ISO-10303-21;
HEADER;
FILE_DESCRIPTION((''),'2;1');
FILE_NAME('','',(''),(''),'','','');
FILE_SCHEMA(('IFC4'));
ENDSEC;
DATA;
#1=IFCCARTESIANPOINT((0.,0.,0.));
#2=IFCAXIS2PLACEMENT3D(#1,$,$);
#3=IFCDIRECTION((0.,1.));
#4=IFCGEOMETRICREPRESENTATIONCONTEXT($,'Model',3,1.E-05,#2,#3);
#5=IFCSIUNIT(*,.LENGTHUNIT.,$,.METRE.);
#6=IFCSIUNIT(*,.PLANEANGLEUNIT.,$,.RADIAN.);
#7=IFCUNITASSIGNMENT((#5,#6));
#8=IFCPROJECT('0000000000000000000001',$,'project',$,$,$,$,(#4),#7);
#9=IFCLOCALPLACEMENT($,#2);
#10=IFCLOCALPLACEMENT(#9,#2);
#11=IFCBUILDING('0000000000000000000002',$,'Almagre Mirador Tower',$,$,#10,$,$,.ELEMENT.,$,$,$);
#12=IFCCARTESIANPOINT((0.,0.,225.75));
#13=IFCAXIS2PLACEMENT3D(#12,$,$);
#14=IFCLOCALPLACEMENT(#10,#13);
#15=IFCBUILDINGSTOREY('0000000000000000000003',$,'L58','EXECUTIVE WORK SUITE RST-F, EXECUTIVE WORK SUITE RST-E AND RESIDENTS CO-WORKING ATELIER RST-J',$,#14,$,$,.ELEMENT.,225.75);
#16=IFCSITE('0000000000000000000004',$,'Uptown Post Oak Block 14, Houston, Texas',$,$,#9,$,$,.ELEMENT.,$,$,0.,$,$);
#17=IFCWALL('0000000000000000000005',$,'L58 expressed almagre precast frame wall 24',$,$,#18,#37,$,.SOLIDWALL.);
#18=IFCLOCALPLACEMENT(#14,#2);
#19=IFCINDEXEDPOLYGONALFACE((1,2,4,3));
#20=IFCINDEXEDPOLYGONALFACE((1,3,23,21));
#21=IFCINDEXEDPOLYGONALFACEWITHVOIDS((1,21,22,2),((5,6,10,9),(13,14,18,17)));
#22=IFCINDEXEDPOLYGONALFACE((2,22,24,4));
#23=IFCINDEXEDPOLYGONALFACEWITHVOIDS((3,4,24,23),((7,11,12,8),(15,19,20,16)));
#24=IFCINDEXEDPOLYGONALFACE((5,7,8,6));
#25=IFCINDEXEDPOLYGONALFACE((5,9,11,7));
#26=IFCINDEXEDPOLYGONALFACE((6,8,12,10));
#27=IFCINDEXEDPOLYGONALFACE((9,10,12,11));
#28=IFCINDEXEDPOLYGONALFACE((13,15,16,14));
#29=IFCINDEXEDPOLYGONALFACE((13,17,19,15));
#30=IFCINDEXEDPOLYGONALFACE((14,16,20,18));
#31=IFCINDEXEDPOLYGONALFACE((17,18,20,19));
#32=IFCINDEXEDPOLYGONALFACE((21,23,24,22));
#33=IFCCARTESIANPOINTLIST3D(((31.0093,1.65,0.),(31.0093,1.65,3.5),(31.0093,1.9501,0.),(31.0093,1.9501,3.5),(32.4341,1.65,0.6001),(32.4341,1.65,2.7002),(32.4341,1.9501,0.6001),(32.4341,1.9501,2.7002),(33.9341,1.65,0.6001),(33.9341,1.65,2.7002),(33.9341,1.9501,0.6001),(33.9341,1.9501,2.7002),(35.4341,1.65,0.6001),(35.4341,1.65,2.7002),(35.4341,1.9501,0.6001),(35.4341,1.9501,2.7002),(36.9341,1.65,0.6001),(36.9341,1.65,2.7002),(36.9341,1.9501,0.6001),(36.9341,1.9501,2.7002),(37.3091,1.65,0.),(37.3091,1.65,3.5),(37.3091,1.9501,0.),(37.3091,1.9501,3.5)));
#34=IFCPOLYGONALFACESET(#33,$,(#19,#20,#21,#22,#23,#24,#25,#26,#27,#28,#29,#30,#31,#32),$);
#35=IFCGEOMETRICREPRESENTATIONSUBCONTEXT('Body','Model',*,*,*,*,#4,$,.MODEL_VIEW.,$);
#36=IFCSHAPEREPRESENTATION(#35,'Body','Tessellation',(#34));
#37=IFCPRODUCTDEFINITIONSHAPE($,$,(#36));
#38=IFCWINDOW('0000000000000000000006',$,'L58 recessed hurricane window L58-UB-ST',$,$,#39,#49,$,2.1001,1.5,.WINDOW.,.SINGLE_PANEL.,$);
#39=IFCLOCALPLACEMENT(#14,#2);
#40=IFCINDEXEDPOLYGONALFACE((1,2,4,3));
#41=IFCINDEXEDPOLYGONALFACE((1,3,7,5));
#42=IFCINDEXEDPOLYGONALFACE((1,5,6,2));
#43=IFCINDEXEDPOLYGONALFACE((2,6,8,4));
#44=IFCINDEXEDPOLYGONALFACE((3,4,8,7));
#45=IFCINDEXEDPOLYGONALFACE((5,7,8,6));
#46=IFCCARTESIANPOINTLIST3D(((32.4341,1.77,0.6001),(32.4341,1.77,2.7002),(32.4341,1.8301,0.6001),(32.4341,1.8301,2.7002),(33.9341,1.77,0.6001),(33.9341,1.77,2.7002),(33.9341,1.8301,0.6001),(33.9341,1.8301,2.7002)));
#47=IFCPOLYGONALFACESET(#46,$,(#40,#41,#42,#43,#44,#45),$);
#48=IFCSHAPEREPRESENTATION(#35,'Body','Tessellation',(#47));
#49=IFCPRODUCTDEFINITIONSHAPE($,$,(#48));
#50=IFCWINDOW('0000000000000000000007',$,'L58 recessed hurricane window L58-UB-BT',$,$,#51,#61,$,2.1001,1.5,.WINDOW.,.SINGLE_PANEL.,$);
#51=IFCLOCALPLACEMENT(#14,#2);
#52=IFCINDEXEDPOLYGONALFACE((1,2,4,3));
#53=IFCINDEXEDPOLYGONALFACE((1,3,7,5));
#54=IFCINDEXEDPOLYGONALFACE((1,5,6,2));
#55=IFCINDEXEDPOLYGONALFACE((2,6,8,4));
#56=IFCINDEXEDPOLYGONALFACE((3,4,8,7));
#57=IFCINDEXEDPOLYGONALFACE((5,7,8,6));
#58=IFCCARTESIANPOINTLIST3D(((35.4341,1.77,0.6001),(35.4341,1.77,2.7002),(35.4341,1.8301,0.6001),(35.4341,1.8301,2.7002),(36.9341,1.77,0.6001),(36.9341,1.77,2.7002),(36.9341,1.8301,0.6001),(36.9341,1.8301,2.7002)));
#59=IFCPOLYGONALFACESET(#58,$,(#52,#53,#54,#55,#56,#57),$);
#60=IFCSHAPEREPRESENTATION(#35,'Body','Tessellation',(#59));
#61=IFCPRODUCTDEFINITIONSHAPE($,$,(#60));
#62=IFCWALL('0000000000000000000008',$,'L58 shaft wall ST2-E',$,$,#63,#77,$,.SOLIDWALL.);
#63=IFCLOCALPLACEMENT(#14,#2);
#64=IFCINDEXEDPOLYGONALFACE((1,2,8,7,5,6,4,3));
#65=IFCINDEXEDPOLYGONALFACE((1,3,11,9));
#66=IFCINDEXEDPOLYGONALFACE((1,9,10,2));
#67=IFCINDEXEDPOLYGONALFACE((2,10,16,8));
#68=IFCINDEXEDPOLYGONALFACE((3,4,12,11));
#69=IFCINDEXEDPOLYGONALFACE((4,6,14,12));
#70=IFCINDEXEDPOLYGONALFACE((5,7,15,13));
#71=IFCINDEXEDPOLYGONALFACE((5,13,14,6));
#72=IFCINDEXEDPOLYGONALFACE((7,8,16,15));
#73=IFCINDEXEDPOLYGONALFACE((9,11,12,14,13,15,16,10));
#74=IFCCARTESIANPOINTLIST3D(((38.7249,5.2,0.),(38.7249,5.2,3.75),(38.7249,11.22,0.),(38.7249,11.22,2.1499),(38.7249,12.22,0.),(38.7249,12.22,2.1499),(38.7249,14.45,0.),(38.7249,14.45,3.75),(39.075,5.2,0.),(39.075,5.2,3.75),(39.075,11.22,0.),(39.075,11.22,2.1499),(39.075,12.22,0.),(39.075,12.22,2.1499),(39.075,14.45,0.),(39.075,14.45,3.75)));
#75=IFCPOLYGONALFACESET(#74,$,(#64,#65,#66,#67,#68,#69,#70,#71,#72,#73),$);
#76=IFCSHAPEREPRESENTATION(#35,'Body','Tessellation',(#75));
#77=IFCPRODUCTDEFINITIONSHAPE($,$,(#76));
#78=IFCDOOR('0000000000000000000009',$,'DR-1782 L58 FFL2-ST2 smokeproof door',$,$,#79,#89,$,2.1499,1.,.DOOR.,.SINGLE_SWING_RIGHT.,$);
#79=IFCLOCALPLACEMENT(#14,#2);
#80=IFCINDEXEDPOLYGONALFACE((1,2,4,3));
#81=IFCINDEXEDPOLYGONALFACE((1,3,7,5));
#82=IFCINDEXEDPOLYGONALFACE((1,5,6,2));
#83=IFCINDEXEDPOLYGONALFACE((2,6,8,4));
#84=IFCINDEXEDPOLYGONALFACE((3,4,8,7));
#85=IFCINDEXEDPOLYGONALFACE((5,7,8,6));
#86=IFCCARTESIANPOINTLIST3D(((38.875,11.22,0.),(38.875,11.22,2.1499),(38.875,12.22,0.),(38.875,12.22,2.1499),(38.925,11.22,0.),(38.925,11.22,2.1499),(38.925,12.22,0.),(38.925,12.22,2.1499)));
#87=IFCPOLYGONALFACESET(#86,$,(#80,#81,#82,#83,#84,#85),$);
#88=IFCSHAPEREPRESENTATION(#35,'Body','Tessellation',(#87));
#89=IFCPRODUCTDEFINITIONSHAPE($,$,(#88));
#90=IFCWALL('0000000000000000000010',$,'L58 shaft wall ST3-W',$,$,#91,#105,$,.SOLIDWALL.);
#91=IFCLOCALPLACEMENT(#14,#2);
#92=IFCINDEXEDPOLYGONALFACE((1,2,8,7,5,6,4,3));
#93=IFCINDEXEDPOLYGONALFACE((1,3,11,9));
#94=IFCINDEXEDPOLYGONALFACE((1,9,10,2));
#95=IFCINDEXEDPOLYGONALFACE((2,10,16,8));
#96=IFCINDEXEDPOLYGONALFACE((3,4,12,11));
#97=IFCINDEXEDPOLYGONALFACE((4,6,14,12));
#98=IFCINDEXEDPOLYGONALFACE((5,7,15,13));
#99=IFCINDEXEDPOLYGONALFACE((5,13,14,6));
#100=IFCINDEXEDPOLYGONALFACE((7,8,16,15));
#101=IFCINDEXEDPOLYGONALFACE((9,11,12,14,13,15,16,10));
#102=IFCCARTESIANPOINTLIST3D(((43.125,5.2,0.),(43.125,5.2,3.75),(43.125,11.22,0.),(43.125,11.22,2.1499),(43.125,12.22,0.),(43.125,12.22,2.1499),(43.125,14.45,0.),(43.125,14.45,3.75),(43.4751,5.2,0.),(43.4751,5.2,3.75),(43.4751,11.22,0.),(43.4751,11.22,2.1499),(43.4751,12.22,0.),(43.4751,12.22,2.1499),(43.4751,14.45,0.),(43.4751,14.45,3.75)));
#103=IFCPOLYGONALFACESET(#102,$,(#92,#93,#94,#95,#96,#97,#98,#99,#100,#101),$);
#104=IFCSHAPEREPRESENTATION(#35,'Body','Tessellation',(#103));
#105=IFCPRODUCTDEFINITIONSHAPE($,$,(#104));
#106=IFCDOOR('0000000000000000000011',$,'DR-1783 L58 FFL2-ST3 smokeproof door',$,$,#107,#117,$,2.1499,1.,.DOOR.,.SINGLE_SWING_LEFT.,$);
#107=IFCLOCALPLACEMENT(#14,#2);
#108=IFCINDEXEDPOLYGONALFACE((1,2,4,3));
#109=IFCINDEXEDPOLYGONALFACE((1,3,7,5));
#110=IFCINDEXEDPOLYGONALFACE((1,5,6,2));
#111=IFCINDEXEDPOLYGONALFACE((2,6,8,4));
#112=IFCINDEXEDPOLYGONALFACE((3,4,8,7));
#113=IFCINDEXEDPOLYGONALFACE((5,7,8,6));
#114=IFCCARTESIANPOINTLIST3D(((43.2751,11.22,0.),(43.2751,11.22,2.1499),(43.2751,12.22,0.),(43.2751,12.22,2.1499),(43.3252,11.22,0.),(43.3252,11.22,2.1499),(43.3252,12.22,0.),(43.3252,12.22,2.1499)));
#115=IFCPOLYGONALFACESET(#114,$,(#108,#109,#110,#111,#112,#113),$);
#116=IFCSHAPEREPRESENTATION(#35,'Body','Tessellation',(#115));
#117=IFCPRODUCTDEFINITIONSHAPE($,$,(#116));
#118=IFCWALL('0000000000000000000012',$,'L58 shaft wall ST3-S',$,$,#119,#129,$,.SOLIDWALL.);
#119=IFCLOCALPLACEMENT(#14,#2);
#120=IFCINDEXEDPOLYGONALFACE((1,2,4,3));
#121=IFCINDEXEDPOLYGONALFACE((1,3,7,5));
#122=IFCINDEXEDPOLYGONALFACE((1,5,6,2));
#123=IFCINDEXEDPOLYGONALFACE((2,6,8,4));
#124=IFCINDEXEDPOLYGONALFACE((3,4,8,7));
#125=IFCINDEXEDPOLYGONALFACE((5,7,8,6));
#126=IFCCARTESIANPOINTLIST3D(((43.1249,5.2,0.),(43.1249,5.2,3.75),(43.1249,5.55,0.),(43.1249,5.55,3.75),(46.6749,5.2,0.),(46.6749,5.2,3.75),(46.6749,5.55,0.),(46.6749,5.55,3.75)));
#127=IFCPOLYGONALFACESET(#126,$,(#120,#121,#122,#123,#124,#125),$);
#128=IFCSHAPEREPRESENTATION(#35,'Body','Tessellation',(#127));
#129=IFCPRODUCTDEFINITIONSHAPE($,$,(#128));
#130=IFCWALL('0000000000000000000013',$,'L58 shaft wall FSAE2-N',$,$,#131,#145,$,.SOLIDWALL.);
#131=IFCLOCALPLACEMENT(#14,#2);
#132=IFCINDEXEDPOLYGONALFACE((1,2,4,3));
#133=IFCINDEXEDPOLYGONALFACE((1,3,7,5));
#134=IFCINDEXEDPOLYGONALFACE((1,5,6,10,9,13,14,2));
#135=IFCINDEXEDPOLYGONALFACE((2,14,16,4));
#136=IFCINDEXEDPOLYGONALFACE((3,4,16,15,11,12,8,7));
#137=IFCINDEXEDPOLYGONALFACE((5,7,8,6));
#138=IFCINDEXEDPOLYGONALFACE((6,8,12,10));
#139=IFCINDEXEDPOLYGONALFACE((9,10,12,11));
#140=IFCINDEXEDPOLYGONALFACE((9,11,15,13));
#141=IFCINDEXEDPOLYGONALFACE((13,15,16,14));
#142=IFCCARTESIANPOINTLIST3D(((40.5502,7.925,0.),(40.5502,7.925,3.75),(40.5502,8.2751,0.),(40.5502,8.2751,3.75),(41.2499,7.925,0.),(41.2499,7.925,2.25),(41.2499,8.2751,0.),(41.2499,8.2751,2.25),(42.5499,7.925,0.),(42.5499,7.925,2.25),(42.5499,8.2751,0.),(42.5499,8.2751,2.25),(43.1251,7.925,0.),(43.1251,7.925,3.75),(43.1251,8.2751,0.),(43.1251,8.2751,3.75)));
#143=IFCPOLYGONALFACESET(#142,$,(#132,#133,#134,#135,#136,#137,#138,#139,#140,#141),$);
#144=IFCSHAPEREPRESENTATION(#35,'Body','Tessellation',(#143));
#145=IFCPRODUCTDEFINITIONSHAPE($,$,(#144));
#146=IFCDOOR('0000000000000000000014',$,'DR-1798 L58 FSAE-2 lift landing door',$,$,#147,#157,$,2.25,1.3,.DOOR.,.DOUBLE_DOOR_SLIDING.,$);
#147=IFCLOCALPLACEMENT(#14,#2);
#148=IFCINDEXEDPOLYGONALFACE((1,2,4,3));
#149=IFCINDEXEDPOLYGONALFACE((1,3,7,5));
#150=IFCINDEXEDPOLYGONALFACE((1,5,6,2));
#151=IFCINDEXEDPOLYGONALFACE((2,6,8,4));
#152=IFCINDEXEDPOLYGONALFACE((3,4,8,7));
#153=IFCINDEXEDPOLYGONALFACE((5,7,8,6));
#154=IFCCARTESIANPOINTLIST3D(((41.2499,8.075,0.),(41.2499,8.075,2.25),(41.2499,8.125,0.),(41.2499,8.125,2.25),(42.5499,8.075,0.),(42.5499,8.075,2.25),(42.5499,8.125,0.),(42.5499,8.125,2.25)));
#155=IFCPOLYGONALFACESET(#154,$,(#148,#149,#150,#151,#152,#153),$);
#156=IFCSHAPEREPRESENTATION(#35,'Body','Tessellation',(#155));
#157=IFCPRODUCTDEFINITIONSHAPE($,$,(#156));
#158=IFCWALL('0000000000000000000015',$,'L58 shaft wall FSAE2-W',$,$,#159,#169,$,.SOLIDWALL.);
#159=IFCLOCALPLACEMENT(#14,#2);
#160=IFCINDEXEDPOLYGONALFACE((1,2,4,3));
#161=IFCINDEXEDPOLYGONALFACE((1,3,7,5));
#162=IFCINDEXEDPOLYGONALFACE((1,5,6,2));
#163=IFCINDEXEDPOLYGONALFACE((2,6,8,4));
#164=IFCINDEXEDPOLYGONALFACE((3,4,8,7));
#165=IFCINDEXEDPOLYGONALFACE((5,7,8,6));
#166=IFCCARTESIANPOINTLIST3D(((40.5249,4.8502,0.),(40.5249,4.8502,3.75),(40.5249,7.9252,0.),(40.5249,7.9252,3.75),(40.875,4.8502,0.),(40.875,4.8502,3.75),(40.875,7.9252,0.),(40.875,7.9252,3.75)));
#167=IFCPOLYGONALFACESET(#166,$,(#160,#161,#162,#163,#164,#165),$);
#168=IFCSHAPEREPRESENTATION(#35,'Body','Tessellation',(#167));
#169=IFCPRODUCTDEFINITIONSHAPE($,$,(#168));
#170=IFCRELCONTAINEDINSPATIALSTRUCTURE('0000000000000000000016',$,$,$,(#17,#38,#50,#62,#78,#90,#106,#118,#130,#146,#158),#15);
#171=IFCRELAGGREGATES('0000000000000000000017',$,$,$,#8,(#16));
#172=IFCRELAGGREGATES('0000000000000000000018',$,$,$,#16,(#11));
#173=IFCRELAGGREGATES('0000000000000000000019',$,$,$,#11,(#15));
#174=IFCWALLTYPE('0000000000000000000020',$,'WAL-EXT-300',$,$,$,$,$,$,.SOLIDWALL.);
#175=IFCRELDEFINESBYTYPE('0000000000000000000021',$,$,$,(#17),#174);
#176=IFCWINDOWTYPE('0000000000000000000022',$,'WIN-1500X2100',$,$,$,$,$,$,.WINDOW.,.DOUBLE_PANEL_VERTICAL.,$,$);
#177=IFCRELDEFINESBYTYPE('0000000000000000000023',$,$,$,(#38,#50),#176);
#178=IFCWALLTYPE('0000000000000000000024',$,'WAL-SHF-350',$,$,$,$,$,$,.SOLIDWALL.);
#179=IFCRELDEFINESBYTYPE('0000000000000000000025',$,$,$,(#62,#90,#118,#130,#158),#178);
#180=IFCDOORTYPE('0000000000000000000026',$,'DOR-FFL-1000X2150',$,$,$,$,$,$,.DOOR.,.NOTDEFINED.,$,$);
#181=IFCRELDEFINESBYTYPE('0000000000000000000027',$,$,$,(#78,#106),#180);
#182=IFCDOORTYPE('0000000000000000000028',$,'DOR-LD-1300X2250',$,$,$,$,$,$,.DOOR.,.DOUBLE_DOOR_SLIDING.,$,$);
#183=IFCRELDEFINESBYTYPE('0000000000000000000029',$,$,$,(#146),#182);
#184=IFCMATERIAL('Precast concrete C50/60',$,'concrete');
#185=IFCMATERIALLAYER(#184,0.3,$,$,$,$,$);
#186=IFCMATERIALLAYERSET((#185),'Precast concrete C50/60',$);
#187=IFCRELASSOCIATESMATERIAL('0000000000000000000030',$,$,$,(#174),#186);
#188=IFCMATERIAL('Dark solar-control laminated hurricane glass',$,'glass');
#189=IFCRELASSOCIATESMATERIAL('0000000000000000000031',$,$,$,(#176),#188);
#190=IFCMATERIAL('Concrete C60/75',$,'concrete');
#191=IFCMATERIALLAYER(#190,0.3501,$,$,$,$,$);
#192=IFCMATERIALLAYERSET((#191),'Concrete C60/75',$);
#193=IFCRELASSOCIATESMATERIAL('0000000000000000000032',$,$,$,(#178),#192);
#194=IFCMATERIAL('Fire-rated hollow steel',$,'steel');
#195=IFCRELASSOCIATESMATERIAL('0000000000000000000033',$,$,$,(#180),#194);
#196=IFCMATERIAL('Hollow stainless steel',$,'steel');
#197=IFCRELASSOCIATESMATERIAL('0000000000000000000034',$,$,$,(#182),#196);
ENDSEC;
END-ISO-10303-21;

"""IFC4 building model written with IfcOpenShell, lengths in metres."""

from ifc_helpers import new_model, si_unit, direction, frame, frame_2d, origin, place, context, subcontext, project, spatial, rectangle, extrude, material, layer, layer_set, type_object, element, fill, save


model = new_model("IFC4")

# Units and contexts
model_context = context("Model", 3, precision=1e-05, world=origin(), true_north=direction((0.0, 1.0)))
body_context = subcontext(model_context, "Body", "Model", "MODEL_VIEW")
ifc_project = project(units=[si_unit("LENGTHUNIT", "METRE"), si_unit("PLANEANGLEUNIT", "RADIAN")], contexts=[model_context])

# Site, building, storey
site_placement = place(None, origin())
site = spatial("IfcSite", under=ifc_project, at=site_placement, Name="Uptown Post Oak Block 14, Houston, Texas", CompositionType="ELEMENT", RefElevation=0.0)
building_placement = place(site_placement, origin())
building = spatial("IfcBuilding", under=site, at=building_placement, Name="Almagre Mirador Tower", CompositionType="ELEMENT")
storey_placement = place(building_placement, frame((0.0, 0.0, 225.75)))
storey = spatial("IfcBuildingStorey", under=building, at=storey_placement, Name="L58", Description="EXECUTIVE WORK SUITE RST-F, EXECUTIVE WORK SUITE RST-E AND RESIDENTS CO-WORKING ATELIER RST-J", CompositionType="ELEMENT", Elevation=225.75)

# Shared definitions
ifc_material_1 = material(Name="Precast concrete C50/60", Category="concrete")
ifc_layer_1 = layer(ifc_material_1, 0.3)
ifc_layer_set_1 = layer_set([ifc_layer_1], Name="Precast concrete C50/60")
wall_type_1 = type_object("IfcWallType", Name="WAL-EXT-300", PredefinedType="SOLIDWALL", material=ifc_layer_set_1)

# Wall, openings, windows
wall_1_placement = place(storey_placement, frame((37.3091, 1.8, 0.0), z_axis=(0.0, 0.0, 1.0), x_axis=(-1.0, 0.0, 0.0)))
wall_1 = element("IfcWall", 1, at=wall_1_placement, inside=storey, type_object=wall_type_1, Name="L58 expressed almagre precast frame wall 24", PredefinedType="SOLIDWALL", context=body_context, shape_type="SweptSolid", body=[
    extrude(rectangle(XDim=6.2998, YDim=0.3, at=frame_2d((3.1499, 0.0))), origin(), (0.0, 0.0, 1.0), 3.5),
])
opening_1_placement = place(wall_1_placement, frame((3.375, 0.0, 0.6001)))
opening_1 = element("IfcOpeningElement", 2, at=opening_1_placement, cuts=wall_1, PredefinedType="OPENING", context=body_context, shape_type="SweptSolid", body=[
    extrude(rectangle(XDim=1.5, YDim=2.1001, at=frame_2d((0.75, 1.05))), frame((0.0, 0.1599, 0.0), z_axis=(0.0, -1.0, 0.0), x_axis=(1.0, 0.0, 0.0)), (0.0, 0.0, 1.0), 0.32),
])
opening_2_placement = place(wall_1_placement, frame((0.375, 0.0, 0.6001)))
opening_2 = element("IfcOpeningElement", 3, at=opening_2_placement, cuts=wall_1, PredefinedType="OPENING", context=body_context, shape_type="SweptSolid", body=[
    extrude(rectangle(XDim=1.5, YDim=2.1001, at=frame_2d((0.75, 1.05))), frame((0.0, 0.1599, 0.0), z_axis=(0.0, -1.0, 0.0), x_axis=(1.0, 0.0, 0.0)), (0.0, 0.0, 1.0), 0.32),
])
ifc_material_2 = material(Name="Dark solar-control laminated hurricane glass", Category="glass")
window_type = type_object("IfcWindowType", Name="WIN-1500X2100", PartitioningType="DOUBLE_PANEL_VERTICAL", PredefinedType="WINDOW", material=ifc_material_2)
window_1_placement = place(opening_1_placement, origin())
window_1 = element("IfcWindow", 4, at=window_1_placement, inside=storey, type_object=window_type, Name="L58 recessed hurricane window L58-UB-ST", OverallHeight=2.1001, OverallWidth=1.5, PartitioningType="SINGLE_PANEL", PredefinedType="WINDOW", context=body_context, shape_type="SweptSolid", body=[
    extrude(rectangle(XDim=1.5, YDim=2.1001, at=frame_2d((0.75, 1.05))), frame((0.0, 0.03, 0.0), z_axis=(0.0, -1.0, 0.0), x_axis=(1.0, 0.0, 0.0)), (0.0, 0.0, 1.0), 0.0601),
])
fill(opening_1, window_1)
window_2_placement = place(opening_2_placement, origin())
window_2 = element("IfcWindow", 5, at=window_2_placement, inside=storey, type_object=window_type, Name="L58 recessed hurricane window L58-UB-BT", OverallHeight=2.1001, OverallWidth=1.5, PartitioningType="SINGLE_PANEL", PredefinedType="WINDOW", context=body_context, shape_type="SweptSolid", body=[
    extrude(rectangle(XDim=1.5, YDim=2.1001, at=frame_2d((0.75, 1.05))), frame((0.0, 0.03, 0.0), z_axis=(0.0, -1.0, 0.0), x_axis=(1.0, 0.0, 0.0)), (0.0, 0.0, 1.0), 0.0601),
])
fill(opening_2, window_2)

# Walls, openings, doors
ifc_material_3 = material(Name="Concrete C60/75", Category="concrete")
ifc_layer_2 = layer(ifc_material_3, 0.3501)
ifc_layer_set_2 = layer_set([ifc_layer_2], Name="Concrete C60/75")
wall_type_2 = type_object("IfcWallType", Name="WAL-SHF-350", PredefinedType="SOLIDWALL", material=ifc_layer_set_2)
wall_2_placement = place(storey_placement, frame((38.8999, 5.2, 0.0), z_axis=(0.0, 0.0, 1.0), x_axis=(0.0, 1.0, 0.0)))
wall_2 = element("IfcWall", 6, at=wall_2_placement, inside=storey, type_object=wall_type_2, Name="L58 shaft wall ST2-E", PredefinedType="SOLIDWALL", context=body_context, shape_type="SweptSolid", body=[
    extrude(rectangle(XDim=9.25, YDim=0.3501, at=frame_2d((4.625, 0.0))), origin(), (0.0, 0.0, 1.0), 3.75),
])
opening_3_placement = place(wall_2_placement, frame((6.02, 0.0, 0.0)))
opening_3 = element("IfcOpeningElement", 7, at=opening_3_placement, cuts=wall_2, PredefinedType="OPENING", context=body_context, shape_type="SweptSolid", body=[
    extrude(rectangle(XDim=1.0, YDim=2.1499, at=frame_2d((0.5, 1.075))), frame((0.0, 0.185, 0.0), z_axis=(0.0, -1.0, 0.0), x_axis=(1.0, 0.0, 0.0)), (0.0, 0.0, 1.0), 0.3701),
])
ifc_material_4 = material(Name="Fire-rated hollow steel", Category="steel")
door_type_1 = type_object("IfcDoorType", Name="DOR-FFL-1000X2150", OperationType="NOTDEFINED", PredefinedType="DOOR", material=ifc_material_4)
door_1_placement = place(opening_3_placement, origin())
door_1 = element("IfcDoor", 8, at=door_1_placement, inside=storey, type_object=door_type_1, Name="DR-1782 L58 FFL2-ST2 smokeproof door", OperationType="SINGLE_SWING_RIGHT", OverallHeight=2.1499, OverallWidth=1.0, PredefinedType="DOOR", context=body_context, shape_type="SweptSolid", body=[
    extrude(rectangle(XDim=1.0, YDim=2.1499, at=frame_2d((0.5, 1.075))), frame((0.0, 0.0249, 0.0), z_axis=(0.0, -1.0, 0.0), x_axis=(1.0, 0.0, 0.0)), (0.0, 0.0, 1.0), 0.05),
])
fill(opening_3, door_1)
wall_3_placement = place(storey_placement, frame((43.3, 5.2, 0.0), z_axis=(0.0, 0.0, 1.0), x_axis=(0.0, 1.0, 0.0)))
wall_3 = element("IfcWall", 9, at=wall_3_placement, inside=storey, type_object=wall_type_2, Name="L58 shaft wall ST3-W", PredefinedType="SOLIDWALL", context=body_context, shape_type="SweptSolid", body=[
    extrude(rectangle(XDim=9.25, YDim=0.3501, at=frame_2d((4.625, 0.0))), origin(), (0.0, 0.0, 1.0), 3.75),
])
opening_4_placement = place(wall_3_placement, frame((6.02, 0.0, 0.0)))
opening_4 = element("IfcOpeningElement", 10, at=opening_4_placement, cuts=wall_3, PredefinedType="OPENING", context=body_context, shape_type="SweptSolid", body=[
    extrude(rectangle(XDim=1.0, YDim=2.1499, at=frame_2d((0.5, 1.075))), frame((0.0, 0.185, 0.0), z_axis=(0.0, -1.0, 0.0), x_axis=(1.0, 0.0, 0.0)), (0.0, 0.0, 1.0), 0.3701),
])
door_2_placement = place(opening_4_placement, origin())
door_2 = element("IfcDoor", 11, at=door_2_placement, inside=storey, type_object=door_type_1, Name="DR-1783 L58 FFL2-ST3 smokeproof door", OperationType="SINGLE_SWING_LEFT", OverallHeight=2.1499, OverallWidth=1.0, PredefinedType="DOOR", context=body_context, shape_type="SweptSolid", body=[
    extrude(rectangle(XDim=1.0, YDim=2.1499, at=frame_2d((0.5, 1.075))), frame((0.0, 0.0249, 0.0), z_axis=(0.0, -1.0, 0.0), x_axis=(1.0, 0.0, 0.0)), (0.0, 0.0, 1.0), 0.05),
])
fill(opening_4, door_2)

# Wall
wall_4_placement = place(storey_placement, frame((43.125, 5.375, 0.0), z_axis=(0.0, 0.0, 1.0), x_axis=(1.0, 0.0, 0.0)))
element("IfcWall", 12, at=wall_4_placement, inside=storey, type_object=wall_type_2, Name="L58 shaft wall ST3-S", PredefinedType="SOLIDWALL", context=body_context, shape_type="SweptSolid", body=[
    extrude(rectangle(XDim=3.55, YDim=0.3501, at=frame_2d((1.7749, 0.0))), origin(), (0.0, 0.0, 1.0), 3.75),
])

# Wall, opening, door
wall_5_placement = place(storey_placement, frame((40.55, 8.1001, 0.0), z_axis=(0.0, 0.0, 1.0), x_axis=(1.0, 0.0, 0.0)))
wall_5 = element("IfcWall", 13, at=wall_5_placement, inside=storey, type_object=wall_type_2, Name="L58 shaft wall FSAE2-N", PredefinedType="SOLIDWALL", context=body_context, shape_type="SweptSolid", body=[
    extrude(rectangle(XDim=2.575, YDim=0.3501, at=frame_2d((1.2876, 0.0))), origin(), (0.0, 0.0, 1.0), 3.75),
])
opening_5_placement = place(wall_5_placement, frame((0.7, 0.0, 0.0)))
opening_5 = element("IfcOpeningElement", 14, at=opening_5_placement, cuts=wall_5, PredefinedType="OPENING", context=body_context, shape_type="SweptSolid", body=[
    extrude(rectangle(XDim=1.3, YDim=2.25, at=frame_2d((0.6499, 1.125))), frame((0.0, 0.185, 0.0), z_axis=(0.0, -1.0, 0.0), x_axis=(1.0, 0.0, 0.0)), (0.0, 0.0, 1.0), 0.3701),
])
ifc_material_5 = material(Name="Hollow stainless steel", Category="steel")
door_type_2 = type_object("IfcDoorType", Name="DOR-LD-1300X2250", OperationType="DOUBLE_DOOR_SLIDING", PredefinedType="DOOR", material=ifc_material_5)
door_3_placement = place(opening_5_placement, origin())
door_3 = element("IfcDoor", 15, at=door_3_placement, inside=storey, type_object=door_type_2, Name="DR-1798 L58 FSAE-2 lift landing door", OperationType="DOUBLE_DOOR_SLIDING", OverallHeight=2.25, OverallWidth=1.3, PredefinedType="DOOR", context=body_context, shape_type="SweptSolid", body=[
    extrude(rectangle(XDim=1.3, YDim=2.25, at=frame_2d((0.6499, 1.125))), frame((0.0, 0.0249, 0.0), z_axis=(0.0, -1.0, 0.0), x_axis=(1.0, 0.0, 0.0)), (0.0, 0.0, 1.0), 0.05),
])
fill(opening_5, door_3)

# Wall
wall_6_placement = place(storey_placement, frame((40.7, 4.8501, 0.0), z_axis=(0.0, 0.0, 1.0), x_axis=(0.0, 1.0, 0.0)))
element("IfcWall", 16, at=wall_6_placement, inside=storey, type_object=wall_type_2, Name="L58 shaft wall FSAE2-W", PredefinedType="SOLIDWALL", context=body_context, shape_type="SweptSolid", body=[
    extrude(rectangle(XDim=3.075, YDim=0.3501, at=frame_2d((1.5376, 0.0))), origin(), (0.0, 0.0, 1.0), 3.75),
])

save(model, "model.ifc")
